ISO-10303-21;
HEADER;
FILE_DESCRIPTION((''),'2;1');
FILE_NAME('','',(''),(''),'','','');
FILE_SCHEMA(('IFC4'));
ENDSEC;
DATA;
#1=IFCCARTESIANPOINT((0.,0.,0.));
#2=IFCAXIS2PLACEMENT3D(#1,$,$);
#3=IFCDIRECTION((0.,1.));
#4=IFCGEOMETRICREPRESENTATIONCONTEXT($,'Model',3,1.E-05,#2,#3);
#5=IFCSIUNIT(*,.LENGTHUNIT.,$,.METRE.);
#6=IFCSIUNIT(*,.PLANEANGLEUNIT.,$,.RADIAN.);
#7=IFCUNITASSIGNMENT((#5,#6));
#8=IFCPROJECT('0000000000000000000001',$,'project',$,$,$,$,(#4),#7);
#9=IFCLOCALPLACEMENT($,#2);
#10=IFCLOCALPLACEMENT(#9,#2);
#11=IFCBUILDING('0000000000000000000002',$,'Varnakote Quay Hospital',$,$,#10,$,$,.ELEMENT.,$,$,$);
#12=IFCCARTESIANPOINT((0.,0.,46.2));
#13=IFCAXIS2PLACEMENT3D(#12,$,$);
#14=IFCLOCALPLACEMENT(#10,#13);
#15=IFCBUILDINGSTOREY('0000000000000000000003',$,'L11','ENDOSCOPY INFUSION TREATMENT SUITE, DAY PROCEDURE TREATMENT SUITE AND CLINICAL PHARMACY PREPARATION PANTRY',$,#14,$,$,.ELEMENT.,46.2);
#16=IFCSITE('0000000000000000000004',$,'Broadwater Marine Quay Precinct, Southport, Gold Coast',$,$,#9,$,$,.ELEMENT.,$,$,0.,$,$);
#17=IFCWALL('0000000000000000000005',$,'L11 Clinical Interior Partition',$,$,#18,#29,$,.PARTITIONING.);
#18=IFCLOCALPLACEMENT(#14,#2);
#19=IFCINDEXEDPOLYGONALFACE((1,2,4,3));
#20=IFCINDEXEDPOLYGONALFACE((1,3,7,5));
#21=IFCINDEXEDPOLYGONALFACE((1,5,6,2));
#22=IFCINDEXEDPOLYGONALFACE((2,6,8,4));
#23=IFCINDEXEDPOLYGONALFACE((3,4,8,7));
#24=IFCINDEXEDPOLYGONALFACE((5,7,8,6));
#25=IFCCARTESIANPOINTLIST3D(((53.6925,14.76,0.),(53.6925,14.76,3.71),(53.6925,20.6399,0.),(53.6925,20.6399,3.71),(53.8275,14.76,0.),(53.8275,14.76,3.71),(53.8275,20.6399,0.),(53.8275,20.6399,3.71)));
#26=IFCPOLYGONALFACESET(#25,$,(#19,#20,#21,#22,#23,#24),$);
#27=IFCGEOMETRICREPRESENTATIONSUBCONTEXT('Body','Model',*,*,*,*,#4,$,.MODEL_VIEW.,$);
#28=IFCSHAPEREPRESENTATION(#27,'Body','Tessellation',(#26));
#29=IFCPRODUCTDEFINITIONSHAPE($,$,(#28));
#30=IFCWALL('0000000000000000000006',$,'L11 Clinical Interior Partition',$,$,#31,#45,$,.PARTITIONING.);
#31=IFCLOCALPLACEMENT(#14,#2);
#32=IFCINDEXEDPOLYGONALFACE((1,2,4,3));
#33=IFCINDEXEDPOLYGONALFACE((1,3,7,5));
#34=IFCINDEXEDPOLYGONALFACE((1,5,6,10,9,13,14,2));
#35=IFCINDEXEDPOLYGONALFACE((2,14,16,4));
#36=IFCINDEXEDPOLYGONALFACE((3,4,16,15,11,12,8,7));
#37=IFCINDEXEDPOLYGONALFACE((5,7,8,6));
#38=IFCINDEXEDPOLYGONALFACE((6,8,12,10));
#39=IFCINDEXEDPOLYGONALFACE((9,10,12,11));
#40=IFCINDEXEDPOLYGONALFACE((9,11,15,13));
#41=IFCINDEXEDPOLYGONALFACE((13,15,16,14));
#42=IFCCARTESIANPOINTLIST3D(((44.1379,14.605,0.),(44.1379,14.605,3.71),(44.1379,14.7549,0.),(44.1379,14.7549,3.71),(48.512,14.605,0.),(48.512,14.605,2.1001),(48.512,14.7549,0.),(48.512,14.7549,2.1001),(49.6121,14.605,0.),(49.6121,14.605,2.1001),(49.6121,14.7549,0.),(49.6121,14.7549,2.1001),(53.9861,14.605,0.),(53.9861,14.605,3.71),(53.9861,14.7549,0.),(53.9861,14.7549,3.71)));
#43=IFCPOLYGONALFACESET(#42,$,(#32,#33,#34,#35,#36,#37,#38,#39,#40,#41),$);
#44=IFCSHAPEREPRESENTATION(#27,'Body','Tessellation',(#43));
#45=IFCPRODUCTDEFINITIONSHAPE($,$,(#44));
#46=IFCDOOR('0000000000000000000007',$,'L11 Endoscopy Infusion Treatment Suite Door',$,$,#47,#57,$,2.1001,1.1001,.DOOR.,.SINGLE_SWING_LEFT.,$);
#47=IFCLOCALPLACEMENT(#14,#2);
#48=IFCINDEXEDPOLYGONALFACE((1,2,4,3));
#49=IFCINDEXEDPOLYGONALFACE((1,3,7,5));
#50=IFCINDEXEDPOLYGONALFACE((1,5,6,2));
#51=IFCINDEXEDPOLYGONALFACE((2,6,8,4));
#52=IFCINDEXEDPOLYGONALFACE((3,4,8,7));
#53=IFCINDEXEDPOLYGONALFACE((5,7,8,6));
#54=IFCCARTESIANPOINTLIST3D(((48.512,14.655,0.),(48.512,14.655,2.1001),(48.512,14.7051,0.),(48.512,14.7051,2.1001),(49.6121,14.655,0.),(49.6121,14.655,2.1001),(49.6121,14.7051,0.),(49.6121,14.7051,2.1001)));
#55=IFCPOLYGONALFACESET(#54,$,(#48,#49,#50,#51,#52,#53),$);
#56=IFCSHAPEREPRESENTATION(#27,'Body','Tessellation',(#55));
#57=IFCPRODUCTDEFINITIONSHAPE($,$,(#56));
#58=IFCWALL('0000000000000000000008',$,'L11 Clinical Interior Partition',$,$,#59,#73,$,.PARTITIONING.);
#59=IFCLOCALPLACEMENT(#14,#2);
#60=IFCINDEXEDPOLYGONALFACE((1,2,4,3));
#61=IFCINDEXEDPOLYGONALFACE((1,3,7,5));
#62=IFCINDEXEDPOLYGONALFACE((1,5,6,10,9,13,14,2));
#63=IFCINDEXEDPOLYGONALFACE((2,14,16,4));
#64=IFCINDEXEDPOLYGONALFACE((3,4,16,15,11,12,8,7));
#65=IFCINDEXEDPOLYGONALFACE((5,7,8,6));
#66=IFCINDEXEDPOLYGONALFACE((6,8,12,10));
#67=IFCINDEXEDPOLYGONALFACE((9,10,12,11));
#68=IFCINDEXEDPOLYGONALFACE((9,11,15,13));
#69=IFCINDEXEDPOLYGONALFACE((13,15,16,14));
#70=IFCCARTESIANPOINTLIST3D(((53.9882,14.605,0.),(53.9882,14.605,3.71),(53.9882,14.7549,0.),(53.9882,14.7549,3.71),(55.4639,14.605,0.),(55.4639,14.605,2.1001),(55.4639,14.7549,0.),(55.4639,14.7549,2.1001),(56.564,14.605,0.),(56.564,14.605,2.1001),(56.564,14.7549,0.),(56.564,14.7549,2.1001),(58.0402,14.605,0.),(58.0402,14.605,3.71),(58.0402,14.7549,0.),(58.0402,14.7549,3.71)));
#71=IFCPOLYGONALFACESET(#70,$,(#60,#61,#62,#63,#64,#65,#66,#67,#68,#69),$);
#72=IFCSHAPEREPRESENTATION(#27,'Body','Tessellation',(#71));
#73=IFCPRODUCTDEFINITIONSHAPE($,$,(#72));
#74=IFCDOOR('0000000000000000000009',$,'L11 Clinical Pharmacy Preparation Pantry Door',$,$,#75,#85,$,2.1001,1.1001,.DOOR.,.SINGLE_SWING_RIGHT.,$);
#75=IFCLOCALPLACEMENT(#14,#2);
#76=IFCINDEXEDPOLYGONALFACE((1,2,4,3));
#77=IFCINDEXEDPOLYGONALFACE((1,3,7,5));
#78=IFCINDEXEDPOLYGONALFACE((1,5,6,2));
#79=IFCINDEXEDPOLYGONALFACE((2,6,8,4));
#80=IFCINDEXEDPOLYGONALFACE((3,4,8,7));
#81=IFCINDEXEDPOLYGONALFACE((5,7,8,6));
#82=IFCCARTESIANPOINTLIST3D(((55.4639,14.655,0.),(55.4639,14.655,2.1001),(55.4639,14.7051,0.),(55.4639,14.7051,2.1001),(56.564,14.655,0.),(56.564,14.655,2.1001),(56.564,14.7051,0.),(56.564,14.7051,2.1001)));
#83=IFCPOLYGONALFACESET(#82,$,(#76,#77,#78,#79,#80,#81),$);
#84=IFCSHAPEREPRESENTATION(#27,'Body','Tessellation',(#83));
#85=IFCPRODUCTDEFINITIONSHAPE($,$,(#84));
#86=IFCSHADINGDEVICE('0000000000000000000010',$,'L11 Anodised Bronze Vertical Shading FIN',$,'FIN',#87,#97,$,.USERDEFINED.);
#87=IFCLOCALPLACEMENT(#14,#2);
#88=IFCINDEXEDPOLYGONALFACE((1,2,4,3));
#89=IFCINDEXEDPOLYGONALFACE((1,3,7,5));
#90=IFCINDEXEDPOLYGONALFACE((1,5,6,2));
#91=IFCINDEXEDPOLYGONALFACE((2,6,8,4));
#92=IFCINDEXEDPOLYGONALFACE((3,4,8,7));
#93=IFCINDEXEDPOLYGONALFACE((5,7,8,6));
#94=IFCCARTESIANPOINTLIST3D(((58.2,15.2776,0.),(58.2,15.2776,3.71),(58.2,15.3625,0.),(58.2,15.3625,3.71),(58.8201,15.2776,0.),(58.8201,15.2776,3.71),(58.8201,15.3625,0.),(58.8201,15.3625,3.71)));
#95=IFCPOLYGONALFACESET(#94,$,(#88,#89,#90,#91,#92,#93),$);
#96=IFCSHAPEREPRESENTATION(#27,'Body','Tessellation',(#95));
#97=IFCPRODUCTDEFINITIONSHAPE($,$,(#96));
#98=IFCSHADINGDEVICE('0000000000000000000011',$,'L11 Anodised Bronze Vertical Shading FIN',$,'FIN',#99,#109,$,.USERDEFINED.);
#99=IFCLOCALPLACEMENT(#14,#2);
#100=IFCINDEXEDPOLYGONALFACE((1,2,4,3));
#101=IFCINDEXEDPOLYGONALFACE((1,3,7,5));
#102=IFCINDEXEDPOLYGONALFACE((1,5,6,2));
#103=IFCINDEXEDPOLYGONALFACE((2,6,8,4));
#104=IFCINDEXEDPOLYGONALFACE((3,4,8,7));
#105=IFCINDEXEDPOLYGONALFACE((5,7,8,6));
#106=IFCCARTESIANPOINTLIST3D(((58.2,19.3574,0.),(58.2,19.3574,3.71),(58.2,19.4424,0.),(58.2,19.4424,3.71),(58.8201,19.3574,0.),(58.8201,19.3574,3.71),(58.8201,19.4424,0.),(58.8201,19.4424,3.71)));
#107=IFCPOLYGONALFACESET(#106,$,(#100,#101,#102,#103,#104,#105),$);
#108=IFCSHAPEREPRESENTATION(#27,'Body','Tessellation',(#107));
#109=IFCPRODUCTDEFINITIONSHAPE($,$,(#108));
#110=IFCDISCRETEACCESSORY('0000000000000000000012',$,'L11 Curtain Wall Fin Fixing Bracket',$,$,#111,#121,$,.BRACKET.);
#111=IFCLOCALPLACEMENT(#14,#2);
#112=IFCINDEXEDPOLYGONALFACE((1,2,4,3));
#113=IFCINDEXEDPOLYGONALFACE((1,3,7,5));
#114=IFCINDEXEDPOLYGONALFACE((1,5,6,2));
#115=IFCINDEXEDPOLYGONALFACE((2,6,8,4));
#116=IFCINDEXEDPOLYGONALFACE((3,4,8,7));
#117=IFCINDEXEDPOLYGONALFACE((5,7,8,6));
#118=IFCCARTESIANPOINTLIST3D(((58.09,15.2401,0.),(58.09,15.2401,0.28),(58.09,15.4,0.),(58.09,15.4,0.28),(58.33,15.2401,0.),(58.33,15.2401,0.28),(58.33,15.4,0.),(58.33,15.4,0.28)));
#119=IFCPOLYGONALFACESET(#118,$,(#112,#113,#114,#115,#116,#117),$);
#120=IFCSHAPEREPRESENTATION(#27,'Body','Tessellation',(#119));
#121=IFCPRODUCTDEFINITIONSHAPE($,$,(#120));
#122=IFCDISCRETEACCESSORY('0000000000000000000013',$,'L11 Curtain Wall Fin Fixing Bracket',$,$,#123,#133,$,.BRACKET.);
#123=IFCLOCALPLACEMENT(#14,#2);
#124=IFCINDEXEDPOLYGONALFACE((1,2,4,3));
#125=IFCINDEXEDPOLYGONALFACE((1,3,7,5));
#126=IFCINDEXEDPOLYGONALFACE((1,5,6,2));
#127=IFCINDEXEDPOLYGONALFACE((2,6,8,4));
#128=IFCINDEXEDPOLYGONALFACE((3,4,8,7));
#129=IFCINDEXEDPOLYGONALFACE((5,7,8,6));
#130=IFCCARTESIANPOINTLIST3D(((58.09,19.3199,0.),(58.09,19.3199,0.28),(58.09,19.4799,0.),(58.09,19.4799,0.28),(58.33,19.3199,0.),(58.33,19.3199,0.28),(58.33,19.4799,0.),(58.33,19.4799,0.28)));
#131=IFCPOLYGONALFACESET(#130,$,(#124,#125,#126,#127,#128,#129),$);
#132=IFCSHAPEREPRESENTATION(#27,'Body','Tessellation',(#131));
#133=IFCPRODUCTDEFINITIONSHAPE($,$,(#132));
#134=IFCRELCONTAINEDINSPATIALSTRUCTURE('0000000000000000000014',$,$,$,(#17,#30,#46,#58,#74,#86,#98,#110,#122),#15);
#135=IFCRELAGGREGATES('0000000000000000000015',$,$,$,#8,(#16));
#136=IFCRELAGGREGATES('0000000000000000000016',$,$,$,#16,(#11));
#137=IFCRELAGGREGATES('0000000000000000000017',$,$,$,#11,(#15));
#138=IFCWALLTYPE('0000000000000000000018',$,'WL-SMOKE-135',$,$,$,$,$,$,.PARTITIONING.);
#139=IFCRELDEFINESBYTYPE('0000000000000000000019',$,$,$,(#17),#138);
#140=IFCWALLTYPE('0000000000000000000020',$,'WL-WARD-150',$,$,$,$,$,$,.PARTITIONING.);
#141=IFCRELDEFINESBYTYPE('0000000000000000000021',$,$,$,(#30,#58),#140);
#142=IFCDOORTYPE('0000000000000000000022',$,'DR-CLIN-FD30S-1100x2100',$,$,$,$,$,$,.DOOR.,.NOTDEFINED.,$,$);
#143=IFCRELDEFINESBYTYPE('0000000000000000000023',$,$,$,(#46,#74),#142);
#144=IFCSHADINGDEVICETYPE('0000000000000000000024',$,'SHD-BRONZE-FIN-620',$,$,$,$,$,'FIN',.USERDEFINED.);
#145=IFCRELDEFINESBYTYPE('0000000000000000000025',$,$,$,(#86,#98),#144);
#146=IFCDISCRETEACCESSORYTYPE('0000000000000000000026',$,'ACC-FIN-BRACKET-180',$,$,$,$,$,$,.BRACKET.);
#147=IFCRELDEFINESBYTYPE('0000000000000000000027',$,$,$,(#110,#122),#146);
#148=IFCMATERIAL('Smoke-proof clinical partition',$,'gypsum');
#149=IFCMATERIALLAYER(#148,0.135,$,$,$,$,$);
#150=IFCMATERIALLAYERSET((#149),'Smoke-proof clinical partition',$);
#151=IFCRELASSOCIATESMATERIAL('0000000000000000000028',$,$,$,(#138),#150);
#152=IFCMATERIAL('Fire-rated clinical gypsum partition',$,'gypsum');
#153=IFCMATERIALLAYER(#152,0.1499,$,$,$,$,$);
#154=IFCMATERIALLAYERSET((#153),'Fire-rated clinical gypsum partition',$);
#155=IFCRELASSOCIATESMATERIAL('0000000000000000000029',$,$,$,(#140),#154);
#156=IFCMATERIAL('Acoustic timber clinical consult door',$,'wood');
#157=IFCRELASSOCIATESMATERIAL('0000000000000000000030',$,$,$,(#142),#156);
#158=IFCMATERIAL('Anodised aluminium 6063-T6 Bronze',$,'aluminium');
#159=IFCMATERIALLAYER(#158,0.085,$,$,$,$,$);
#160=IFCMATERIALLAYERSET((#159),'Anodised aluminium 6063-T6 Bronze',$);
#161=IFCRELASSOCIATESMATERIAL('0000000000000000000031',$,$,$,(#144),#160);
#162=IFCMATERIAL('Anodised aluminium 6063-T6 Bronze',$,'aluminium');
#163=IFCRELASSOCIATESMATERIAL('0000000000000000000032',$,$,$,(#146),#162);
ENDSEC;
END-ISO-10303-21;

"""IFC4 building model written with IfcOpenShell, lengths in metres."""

from ifc_helpers import new_model, si_unit, direction, frame, frame_2d, origin, origin_2d, place, context, subcontext, project, spatial, rectangle, extrude, material, layer, layer_set, type_object, element, fill, save


model = new_model("IFC4")

# Units and contexts
model_context = context("Model", 3, precision=1e-05, world=origin(), true_north=direction((0.0, 1.0)))
body_context = subcontext(model_context, "Body", "Model", "MODEL_VIEW")
ifc_project = project(units=[si_unit("LENGTHUNIT", "METRE"), si_unit("PLANEANGLEUNIT", "RADIAN")], contexts=[model_context])

# Site, building, storey
site_placement = place(None, origin())
site = spatial("IfcSite", under=ifc_project, at=site_placement, Name="Broadwater Marine Quay Precinct, Southport, Gold Coast", CompositionType="ELEMENT", RefElevation=0.0)
building_placement = place(site_placement, origin())
building = spatial("IfcBuilding", under=site, at=building_placement, Name="Varnakote Quay Hospital", CompositionType="ELEMENT")
storey_placement = place(building_placement, frame((0.0, 0.0, 46.2)))
storey = spatial("IfcBuildingStorey", under=building, at=storey_placement, Name="L11", Description="ENDOSCOPY INFUSION TREATMENT SUITE, DAY PROCEDURE TREATMENT SUITE AND CLINICAL PHARMACY PREPARATION PANTRY", CompositionType="ELEMENT", Elevation=46.2)

# Wall
ifc_material_1 = material(Name="Smoke-proof clinical partition", Category="gypsum")
ifc_layer_1 = layer(ifc_material_1, 0.135)
ifc_layer_set_1 = layer_set([ifc_layer_1], Name="Smoke-proof clinical partition")
wall_type_1 = type_object("IfcWallType", Name="WL-SMOKE-135", PredefinedType="PARTITIONING", material=ifc_layer_set_1)
wall_1_placement = place(storey_placement, frame((53.76, 14.76, 0.0), z_axis=(0.0, 0.0, 1.0), x_axis=(0.0, 1.0, 0.0)))
element("IfcWall", 1, at=wall_1_placement, inside=storey, type_object=wall_type_1, Name="L11 Clinical Interior Partition", PredefinedType="PARTITIONING", context=body_context, shape_type="SweptSolid", body=[
    extrude(rectangle(XDim=5.8799, YDim=0.135, at=frame_2d((2.9399, 0.0))), origin(), (0.0, 0.0, 1.0), 3.71),
])

# Walls, openings, doors
ifc_material_2 = material(Name="Fire-rated clinical gypsum partition", Category="gypsum")
ifc_layer_2 = layer(ifc_material_2, 0.1499)
ifc_layer_set_2 = layer_set([ifc_layer_2], Name="Fire-rated clinical gypsum partition")
wall_type_2 = type_object("IfcWallType", Name="WL-WARD-150", PredefinedType="PARTITIONING", material=ifc_layer_set_2)
wall_2_placement = place(storey_placement, frame((53.9861, 14.6799, 0.0), z_axis=(0.0, 0.0, 1.0), x_axis=(-1.0, 0.0, 0.0)))
wall_2 = element("IfcWall", 2, at=wall_2_placement, inside=storey, type_object=wall_type_2, Name="L11 Clinical Interior Partition", PredefinedType="PARTITIONING", context=body_context, shape_type="SweptSolid", body=[
    extrude(rectangle(XDim=9.8481, YDim=0.1499, at=frame_2d((4.9241, 0.0))), origin(), (0.0, 0.0, 1.0), 3.71),
])
opening_1_placement = place(wall_2_placement, frame((4.374, 0.0, 0.0)))
opening_1 = element("IfcOpeningElement", 3, at=opening_1_placement, cuts=wall_2, PredefinedType="OPENING", context=body_context, shape_type="SweptSolid", body=[
    extrude(rectangle(XDim=1.1001, YDim=2.1001, at=frame_2d((0.55, 1.05))), frame((0.0, 0.085, 0.0), z_axis=(0.0, -1.0, 0.0), x_axis=(1.0, 0.0, 0.0)), (0.0, 0.0, 1.0), 0.1699),
])
ifc_material_3 = material(Name="Acoustic timber clinical consult door", Category="wood")
door_type = type_object("IfcDoorType", Name="DR-CLIN-FD30S-1100x2100", OperationType="NOTDEFINED", PredefinedType="DOOR", material=ifc_material_3)
door_1_placement = place(opening_1_placement, origin())
door_1 = element("IfcDoor", 4, at=door_1_placement, inside=storey, type_object=door_type, Name="L11 Endoscopy Infusion Treatment Suite Door", OperationType="SINGLE_SWING_LEFT", OverallHeight=2.1001, OverallWidth=1.1001, PredefinedType="DOOR", context=body_context, shape_type="SweptSolid", body=[
    extrude(rectangle(XDim=1.1001, YDim=2.1001, at=frame_2d((0.55, 1.05))), frame((0.0, 0.0249, 0.0), z_axis=(0.0, -1.0, 0.0), x_axis=(1.0, 0.0, 0.0)), (0.0, 0.0, 1.0), 0.05),
])
fill(opening_1, door_1)
wall_3_placement = place(storey_placement, frame((58.04, 14.6799, 0.0), z_axis=(0.0, 0.0, 1.0), x_axis=(-1.0, 0.0, 0.0)))
wall_3 = element("IfcWall", 5, at=wall_3_placement, inside=storey, type_object=wall_type_2, Name="L11 Clinical Interior Partition", PredefinedType="PARTITIONING", context=body_context, shape_type="SweptSolid", body=[
    extrude(rectangle(XDim=4.052, YDim=0.1499, at=frame_2d((2.0259, 0.0))), origin(), (0.0, 0.0, 1.0), 3.71),
])
opening_2_placement = place(wall_3_placement, frame((1.4761, 0.0, 0.0)))
opening_2 = element("IfcOpeningElement", 6, at=opening_2_placement, cuts=wall_3, PredefinedType="OPENING", context=body_context, shape_type="SweptSolid", body=[
    extrude(rectangle(XDim=1.1001, YDim=2.1001, at=frame_2d((0.55, 1.05))), frame((0.0, 0.085, 0.0), z_axis=(0.0, -1.0, 0.0), x_axis=(1.0, 0.0, 0.0)), (0.0, 0.0, 1.0), 0.1699),
])
door_2_placement = place(opening_2_placement, origin())
door_2 = element("IfcDoor", 7, at=door_2_placement, inside=storey, type_object=door_type, Name="L11 Clinical Pharmacy Preparation Pantry Door", OperationType="SINGLE_SWING_RIGHT", OverallHeight=2.1001, OverallWidth=1.1001, PredefinedType="DOOR", context=body_context, shape_type="SweptSolid", body=[
    extrude(rectangle(XDim=1.1001, YDim=2.1001, at=frame_2d((0.55, 1.05))), frame((0.0, 0.0249, 0.0), z_axis=(0.0, -1.0, 0.0), x_axis=(1.0, 0.0, 0.0)), (0.0, 0.0, 1.0), 0.05),
])
fill(opening_2, door_2)

# Shading devices
ifc_material_4 = material(Name="Anodised aluminium 6063-T6 Bronze", Category="aluminium")
ifc_layer_3 = layer(ifc_material_4, 0.085)
ifc_layer_set_3 = layer_set([ifc_layer_3], Name="Anodised aluminium 6063-T6 Bronze")
shading_device_type = type_object("IfcShadingDeviceType", Name="SHD-BRONZE-FIN-620", ElementType="FIN", PredefinedType="USERDEFINED", material=ifc_layer_set_3)
for number, where, z_axis, x_axis, name in (
    (8, (58.51, 15.3201, 0.0), (0.0, 0.0, 1.0), (-1.0, 0.0, 0.0), "L11 Anodised Bronze Vertical Shading FIN"),
    (9, (58.51, 19.3999, 0.0), (0.0, 0.0, 1.0), (-1.0, 0.0, 0.0), "L11 Anodised Bronze Vertical Shading FIN"),
):
    element("IfcShadingDevice", number, at=place(storey_placement, frame(where, z_axis=z_axis, x_axis=x_axis)), inside=storey, type_object=shading_device_type, Name=name, ObjectType="FIN", PredefinedType="USERDEFINED", context=body_context, shape_type="SweptSolid", body=[
        extrude(rectangle(XDim=0.6201, YDim=0.085, at=origin_2d()), origin(), (0.0, 0.0, 1.0), 3.71),
    ])

# Discrete accessories
ifc_material_5 = material(Name="Anodised aluminium 6063-T6 Bronze", Category="aluminium")
discrete_accessory_type = type_object("IfcDiscreteAccessoryType", Name="ACC-FIN-BRACKET-180", PredefinedType="BRACKET", material=ifc_material_5)
for number, where, z_axis, x_axis, name in (
    (10, (58.21, 15.3201, 0.0), (0.0, 0.0, 1.0), (0.0, 1.0, 0.0), "L11 Curtain Wall Fin Fixing Bracket"),
    (11, (58.21, 19.3999, 0.0), (0.0, 0.0, 1.0), (0.0, 1.0, 0.0), "L11 Curtain Wall Fin Fixing Bracket"),
):
    element("IfcDiscreteAccessory", number, at=place(storey_placement, frame(where, z_axis=z_axis, x_axis=x_axis)), inside=storey, type_object=discrete_accessory_type, Name=name, PredefinedType="BRACKET", context=body_context, shape_type="SweptSolid", body=[
        extrude(rectangle(XDim=0.1599, YDim=0.24, at=origin_2d()), origin(), (0.0, 0.0, 1.0), 0.28),
    ])

save(model, "model.ifc")
